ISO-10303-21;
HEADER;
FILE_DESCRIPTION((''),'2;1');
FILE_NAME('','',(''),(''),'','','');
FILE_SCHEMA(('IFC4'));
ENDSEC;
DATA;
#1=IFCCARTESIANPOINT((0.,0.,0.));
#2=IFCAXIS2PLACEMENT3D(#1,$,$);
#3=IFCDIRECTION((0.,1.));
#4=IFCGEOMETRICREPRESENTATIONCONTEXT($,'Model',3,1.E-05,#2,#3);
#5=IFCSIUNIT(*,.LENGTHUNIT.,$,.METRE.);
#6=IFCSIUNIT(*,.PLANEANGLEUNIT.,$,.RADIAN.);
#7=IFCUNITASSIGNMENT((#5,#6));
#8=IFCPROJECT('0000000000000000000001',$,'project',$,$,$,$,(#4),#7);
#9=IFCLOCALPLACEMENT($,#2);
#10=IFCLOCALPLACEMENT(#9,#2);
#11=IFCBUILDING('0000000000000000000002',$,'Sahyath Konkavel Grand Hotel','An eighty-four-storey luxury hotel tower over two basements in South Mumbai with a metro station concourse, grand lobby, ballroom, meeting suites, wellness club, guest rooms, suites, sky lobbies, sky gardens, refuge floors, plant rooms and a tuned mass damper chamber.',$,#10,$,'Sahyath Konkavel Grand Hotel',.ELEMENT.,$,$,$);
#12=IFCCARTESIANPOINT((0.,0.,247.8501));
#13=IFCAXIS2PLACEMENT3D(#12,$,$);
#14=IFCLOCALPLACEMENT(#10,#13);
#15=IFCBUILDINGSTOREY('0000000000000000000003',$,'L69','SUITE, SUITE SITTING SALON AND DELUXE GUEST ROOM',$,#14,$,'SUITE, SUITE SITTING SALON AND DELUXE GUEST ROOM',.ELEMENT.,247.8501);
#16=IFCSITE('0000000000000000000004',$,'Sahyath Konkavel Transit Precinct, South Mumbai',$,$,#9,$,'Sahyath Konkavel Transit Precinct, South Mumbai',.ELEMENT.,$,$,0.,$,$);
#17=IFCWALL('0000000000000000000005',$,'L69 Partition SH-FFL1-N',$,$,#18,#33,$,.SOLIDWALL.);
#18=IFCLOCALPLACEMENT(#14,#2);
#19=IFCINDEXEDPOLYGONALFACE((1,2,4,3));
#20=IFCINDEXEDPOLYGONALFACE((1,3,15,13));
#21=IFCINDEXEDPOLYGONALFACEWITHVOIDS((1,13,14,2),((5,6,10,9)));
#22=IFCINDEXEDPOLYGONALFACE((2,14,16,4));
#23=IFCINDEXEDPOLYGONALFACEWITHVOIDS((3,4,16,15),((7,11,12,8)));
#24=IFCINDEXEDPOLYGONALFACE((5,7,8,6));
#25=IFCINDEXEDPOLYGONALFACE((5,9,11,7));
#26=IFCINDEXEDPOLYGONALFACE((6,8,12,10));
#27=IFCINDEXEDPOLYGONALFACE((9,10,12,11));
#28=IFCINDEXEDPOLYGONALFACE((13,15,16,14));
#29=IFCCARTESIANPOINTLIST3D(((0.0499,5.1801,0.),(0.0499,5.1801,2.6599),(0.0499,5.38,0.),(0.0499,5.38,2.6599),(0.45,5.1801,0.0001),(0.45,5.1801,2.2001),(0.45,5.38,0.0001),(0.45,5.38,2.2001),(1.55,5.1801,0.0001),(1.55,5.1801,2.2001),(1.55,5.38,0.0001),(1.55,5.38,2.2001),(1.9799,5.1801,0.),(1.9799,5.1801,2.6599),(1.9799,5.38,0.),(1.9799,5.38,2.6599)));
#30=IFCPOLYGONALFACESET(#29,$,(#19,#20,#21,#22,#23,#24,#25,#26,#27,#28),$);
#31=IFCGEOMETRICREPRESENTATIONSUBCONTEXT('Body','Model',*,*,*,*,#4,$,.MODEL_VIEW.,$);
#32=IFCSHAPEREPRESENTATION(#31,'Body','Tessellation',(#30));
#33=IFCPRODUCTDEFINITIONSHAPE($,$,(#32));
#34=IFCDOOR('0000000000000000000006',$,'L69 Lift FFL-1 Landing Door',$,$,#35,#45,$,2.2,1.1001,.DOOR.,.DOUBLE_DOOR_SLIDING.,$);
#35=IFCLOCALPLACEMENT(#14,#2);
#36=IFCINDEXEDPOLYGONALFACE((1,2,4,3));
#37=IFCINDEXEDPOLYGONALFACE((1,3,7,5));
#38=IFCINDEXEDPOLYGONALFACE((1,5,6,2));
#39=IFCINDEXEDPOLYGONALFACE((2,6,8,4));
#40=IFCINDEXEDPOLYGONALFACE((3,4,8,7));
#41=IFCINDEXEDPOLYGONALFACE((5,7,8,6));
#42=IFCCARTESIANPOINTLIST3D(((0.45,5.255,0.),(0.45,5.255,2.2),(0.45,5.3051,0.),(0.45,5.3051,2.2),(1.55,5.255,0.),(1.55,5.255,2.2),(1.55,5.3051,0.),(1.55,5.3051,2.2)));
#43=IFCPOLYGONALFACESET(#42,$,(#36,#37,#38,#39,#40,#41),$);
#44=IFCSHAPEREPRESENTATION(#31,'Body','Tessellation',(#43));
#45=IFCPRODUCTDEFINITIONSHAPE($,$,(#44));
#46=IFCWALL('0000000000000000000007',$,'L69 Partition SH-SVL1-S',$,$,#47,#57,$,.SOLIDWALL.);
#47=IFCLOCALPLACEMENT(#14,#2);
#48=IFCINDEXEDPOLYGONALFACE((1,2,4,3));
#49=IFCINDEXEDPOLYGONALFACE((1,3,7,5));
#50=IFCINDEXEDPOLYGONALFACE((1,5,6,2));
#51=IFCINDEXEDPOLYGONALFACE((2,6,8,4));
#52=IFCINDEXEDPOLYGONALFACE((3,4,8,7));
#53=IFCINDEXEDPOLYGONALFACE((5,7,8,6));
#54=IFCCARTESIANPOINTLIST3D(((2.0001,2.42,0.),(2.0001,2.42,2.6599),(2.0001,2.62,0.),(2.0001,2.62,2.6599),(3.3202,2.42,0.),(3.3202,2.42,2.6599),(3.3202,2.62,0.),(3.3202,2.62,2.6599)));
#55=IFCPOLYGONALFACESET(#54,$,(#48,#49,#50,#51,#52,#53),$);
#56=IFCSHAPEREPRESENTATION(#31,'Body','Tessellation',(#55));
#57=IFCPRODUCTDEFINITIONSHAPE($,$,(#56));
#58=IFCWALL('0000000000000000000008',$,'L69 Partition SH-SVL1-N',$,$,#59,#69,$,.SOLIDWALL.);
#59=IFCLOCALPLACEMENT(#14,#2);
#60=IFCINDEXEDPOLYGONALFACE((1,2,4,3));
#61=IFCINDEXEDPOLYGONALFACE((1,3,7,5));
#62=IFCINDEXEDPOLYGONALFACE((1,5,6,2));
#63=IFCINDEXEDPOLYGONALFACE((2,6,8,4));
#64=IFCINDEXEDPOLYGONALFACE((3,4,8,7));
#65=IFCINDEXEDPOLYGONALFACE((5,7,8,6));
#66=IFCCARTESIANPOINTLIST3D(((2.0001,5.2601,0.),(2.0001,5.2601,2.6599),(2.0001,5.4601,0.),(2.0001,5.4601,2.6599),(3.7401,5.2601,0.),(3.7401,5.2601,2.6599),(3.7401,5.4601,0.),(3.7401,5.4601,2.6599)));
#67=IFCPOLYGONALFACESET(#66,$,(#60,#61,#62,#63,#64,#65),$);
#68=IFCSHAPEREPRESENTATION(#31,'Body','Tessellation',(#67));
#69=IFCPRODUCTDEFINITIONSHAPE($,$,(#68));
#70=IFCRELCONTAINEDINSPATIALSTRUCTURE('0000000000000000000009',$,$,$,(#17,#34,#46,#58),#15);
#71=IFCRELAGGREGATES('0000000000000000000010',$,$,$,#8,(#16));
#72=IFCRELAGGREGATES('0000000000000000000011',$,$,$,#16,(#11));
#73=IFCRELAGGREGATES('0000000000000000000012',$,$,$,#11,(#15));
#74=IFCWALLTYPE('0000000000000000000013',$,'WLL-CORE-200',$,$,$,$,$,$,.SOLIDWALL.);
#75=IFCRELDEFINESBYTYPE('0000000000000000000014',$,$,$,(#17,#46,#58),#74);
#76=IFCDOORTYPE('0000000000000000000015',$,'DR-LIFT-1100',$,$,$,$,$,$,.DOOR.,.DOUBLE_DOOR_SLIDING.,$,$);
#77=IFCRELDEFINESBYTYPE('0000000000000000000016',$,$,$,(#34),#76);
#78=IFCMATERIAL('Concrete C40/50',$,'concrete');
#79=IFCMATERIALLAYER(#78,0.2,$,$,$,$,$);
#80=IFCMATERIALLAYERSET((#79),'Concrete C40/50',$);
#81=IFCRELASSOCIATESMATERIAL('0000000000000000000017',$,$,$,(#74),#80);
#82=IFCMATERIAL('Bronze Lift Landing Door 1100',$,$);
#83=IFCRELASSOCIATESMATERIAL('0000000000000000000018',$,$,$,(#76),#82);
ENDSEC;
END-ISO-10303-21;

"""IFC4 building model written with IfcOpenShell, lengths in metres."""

from ifc_helpers import new_model, si_unit, direction, frame, frame_2d, origin, origin_2d, place, context, subcontext, project, spatial, rectangle, extrude, source, transform, mapped, material, layer, layer_set, type_object, element, fill, save


model = new_model("IFC4")

# Units and contexts
model_context = context("Model", 3, precision=1e-05, world=origin(), true_north=direction((0.0, 1.0)))
body_context = subcontext(model_context, "Body", "Model", "MODEL_VIEW")
ifc_project = project(units=[si_unit("LENGTHUNIT", "METRE"), si_unit("PLANEANGLEUNIT", "RADIAN")], contexts=[model_context])

# Site, building, storey
site_placement = place(None, origin())
site = spatial("IfcSite", under=ifc_project, at=site_placement, Name="Sahyath Konkavel Transit Precinct, South Mumbai", LongName="Sahyath Konkavel Transit Precinct, South Mumbai", CompositionType="ELEMENT", RefElevation=0.0)
building_placement = place(site_placement, origin())
building = spatial("IfcBuilding", under=site, at=building_placement, Name="Sahyath Konkavel Grand Hotel", Description="An eighty-four-storey luxury hotel tower over two basements in South Mumbai with a metro station concourse, grand lobby, ballroom, meeting suites, wellness club, guest rooms, suites, sky lobbies, sky gardens, refuge floors, plant rooms and a tuned mass damper chamber.", LongName="Sahyath Konkavel Grand Hotel", CompositionType="ELEMENT")
storey_placement = place(building_placement, frame((0.0, 0.0, 247.8501)))
storey = spatial("IfcBuildingStorey", under=building, at=storey_placement, Name="L69", Description="SUITE, SUITE SITTING SALON AND DELUXE GUEST ROOM", LongName="SUITE, SUITE SITTING SALON AND DELUXE GUEST ROOM", CompositionType="ELEMENT", Elevation=247.8501)

# Shared definitions
ifc_material_1 = material(Name="Concrete C40/50", Category="concrete")

# Shared definitions
ifc_layer_1 = layer(ifc_material_1, 0.2)
ifc_layer_set_1 = layer_set([ifc_layer_1], Name="Concrete C40/50")
wall_type = type_object("IfcWallType", Name="WLL-CORE-200", PredefinedType="SOLIDWALL", material=ifc_layer_set_1)

# Wall, opening, door
wall_1_placement = place(storey_placement, frame((0.05, 5.28, 0.0), z_axis=(0.0, 0.0, 1.0), x_axis=(1.0, 0.0, 0.0)))
wall_1 = element("IfcWall", 1, at=wall_1_placement, inside=storey, type_object=wall_type, Name="L69 Partition SH-FFL1-N", PredefinedType="SOLIDWALL", context=body_context, shape_type="SweptSolid", body=[
    extrude(rectangle(XDim=1.9299, YDim=0.2, at=frame_2d((0.9648, 0.0))), origin(), (0.0, 0.0, 1.0), 2.6599),
])
opening_1_placement = place(wall_1_placement, frame((0.3999, 0.0, 0.0)))
opening_1 = element("IfcOpeningElement", 2, at=opening_1_placement, cuts=wall_1, PredefinedType="OPENING", context=body_context, shape_type="SweptSolid", body=[
    extrude(rectangle(XDim=1.1001, YDim=2.2, at=frame_2d((0.55, 1.1001))), frame((0.0, 0.1099, 0.0), z_axis=(0.0, -1.0, 0.0), x_axis=(1.0, 0.0, 0.0)), (0.0, 0.0, 1.0), 0.22),
])
ifc_material_2 = material(Name="Bronze Lift Landing Door 1100")
door_type_1 = type_object("IfcDoorType", Name="DR-LIFT-1100", OperationType="DOUBLE_DOOR_SLIDING", PredefinedType="DOOR", material=ifc_material_2)
shared_shape_1 = source(origin(), body_context, "Body", "SweptSolid", [
    extrude(rectangle(XDim=1.1001, YDim=0.05, at=origin_2d()), origin(), (0.0, 0.0, 1.0), 2.2),
])
door_1_placement = place(opening_1_placement, frame((0.55, 0.0, 0.0)))
door_1 = element("IfcDoor", 3, at=door_1_placement, inside=storey, type_object=door_type_1, Name="L69 Lift FFL-1 Landing Door", OperationType="DOUBLE_DOOR_SLIDING", OverallHeight=2.2, OverallWidth=1.1001, PredefinedType="DOOR", context=body_context, shape_type="MappedRepresentation", body=[
    mapped(shared_shape_1, transform((0.0, 0.0, 0.0), scale=1.0)),
])
fill(opening_1, door_1)

# Walls
wall_2_placement = place(storey_placement, frame((2.0, 2.52, 0.0), z_axis=(0.0, 0.0, 1.0), x_axis=(1.0, 0.0, 0.0)))
element("IfcWall", 4, at=wall_2_placement, inside=storey, type_object=wall_type, Name="L69 Partition SH-SVL1-S", PredefinedType="SOLIDWALL", context=body_context, shape_type="SweptSolid", body=[
    extrude(rectangle(XDim=1.3201, YDim=0.2, at=frame_2d((0.6602, 0.0))), origin(), (0.0, 0.0, 1.0), 2.6599),
])
wall_3_placement = place(storey_placement, frame((2.0, 5.3601, 0.0), z_axis=(0.0, 0.0, 1.0), x_axis=(1.0, 0.0, 0.0)))
element("IfcWall", 5, at=wall_3_placement, inside=storey, type_object=wall_type, Name="L69 Partition SH-SVL1-N", PredefinedType="SOLIDWALL", context=body_context, shape_type="SweptSolid", body=[
    extrude(rectangle(XDim=1.74, YDim=0.2, at=frame_2d((0.8701, 0.0))), origin(), (0.0, 0.0, 1.0), 2.6599),
])

save(model, "model.ifc")
